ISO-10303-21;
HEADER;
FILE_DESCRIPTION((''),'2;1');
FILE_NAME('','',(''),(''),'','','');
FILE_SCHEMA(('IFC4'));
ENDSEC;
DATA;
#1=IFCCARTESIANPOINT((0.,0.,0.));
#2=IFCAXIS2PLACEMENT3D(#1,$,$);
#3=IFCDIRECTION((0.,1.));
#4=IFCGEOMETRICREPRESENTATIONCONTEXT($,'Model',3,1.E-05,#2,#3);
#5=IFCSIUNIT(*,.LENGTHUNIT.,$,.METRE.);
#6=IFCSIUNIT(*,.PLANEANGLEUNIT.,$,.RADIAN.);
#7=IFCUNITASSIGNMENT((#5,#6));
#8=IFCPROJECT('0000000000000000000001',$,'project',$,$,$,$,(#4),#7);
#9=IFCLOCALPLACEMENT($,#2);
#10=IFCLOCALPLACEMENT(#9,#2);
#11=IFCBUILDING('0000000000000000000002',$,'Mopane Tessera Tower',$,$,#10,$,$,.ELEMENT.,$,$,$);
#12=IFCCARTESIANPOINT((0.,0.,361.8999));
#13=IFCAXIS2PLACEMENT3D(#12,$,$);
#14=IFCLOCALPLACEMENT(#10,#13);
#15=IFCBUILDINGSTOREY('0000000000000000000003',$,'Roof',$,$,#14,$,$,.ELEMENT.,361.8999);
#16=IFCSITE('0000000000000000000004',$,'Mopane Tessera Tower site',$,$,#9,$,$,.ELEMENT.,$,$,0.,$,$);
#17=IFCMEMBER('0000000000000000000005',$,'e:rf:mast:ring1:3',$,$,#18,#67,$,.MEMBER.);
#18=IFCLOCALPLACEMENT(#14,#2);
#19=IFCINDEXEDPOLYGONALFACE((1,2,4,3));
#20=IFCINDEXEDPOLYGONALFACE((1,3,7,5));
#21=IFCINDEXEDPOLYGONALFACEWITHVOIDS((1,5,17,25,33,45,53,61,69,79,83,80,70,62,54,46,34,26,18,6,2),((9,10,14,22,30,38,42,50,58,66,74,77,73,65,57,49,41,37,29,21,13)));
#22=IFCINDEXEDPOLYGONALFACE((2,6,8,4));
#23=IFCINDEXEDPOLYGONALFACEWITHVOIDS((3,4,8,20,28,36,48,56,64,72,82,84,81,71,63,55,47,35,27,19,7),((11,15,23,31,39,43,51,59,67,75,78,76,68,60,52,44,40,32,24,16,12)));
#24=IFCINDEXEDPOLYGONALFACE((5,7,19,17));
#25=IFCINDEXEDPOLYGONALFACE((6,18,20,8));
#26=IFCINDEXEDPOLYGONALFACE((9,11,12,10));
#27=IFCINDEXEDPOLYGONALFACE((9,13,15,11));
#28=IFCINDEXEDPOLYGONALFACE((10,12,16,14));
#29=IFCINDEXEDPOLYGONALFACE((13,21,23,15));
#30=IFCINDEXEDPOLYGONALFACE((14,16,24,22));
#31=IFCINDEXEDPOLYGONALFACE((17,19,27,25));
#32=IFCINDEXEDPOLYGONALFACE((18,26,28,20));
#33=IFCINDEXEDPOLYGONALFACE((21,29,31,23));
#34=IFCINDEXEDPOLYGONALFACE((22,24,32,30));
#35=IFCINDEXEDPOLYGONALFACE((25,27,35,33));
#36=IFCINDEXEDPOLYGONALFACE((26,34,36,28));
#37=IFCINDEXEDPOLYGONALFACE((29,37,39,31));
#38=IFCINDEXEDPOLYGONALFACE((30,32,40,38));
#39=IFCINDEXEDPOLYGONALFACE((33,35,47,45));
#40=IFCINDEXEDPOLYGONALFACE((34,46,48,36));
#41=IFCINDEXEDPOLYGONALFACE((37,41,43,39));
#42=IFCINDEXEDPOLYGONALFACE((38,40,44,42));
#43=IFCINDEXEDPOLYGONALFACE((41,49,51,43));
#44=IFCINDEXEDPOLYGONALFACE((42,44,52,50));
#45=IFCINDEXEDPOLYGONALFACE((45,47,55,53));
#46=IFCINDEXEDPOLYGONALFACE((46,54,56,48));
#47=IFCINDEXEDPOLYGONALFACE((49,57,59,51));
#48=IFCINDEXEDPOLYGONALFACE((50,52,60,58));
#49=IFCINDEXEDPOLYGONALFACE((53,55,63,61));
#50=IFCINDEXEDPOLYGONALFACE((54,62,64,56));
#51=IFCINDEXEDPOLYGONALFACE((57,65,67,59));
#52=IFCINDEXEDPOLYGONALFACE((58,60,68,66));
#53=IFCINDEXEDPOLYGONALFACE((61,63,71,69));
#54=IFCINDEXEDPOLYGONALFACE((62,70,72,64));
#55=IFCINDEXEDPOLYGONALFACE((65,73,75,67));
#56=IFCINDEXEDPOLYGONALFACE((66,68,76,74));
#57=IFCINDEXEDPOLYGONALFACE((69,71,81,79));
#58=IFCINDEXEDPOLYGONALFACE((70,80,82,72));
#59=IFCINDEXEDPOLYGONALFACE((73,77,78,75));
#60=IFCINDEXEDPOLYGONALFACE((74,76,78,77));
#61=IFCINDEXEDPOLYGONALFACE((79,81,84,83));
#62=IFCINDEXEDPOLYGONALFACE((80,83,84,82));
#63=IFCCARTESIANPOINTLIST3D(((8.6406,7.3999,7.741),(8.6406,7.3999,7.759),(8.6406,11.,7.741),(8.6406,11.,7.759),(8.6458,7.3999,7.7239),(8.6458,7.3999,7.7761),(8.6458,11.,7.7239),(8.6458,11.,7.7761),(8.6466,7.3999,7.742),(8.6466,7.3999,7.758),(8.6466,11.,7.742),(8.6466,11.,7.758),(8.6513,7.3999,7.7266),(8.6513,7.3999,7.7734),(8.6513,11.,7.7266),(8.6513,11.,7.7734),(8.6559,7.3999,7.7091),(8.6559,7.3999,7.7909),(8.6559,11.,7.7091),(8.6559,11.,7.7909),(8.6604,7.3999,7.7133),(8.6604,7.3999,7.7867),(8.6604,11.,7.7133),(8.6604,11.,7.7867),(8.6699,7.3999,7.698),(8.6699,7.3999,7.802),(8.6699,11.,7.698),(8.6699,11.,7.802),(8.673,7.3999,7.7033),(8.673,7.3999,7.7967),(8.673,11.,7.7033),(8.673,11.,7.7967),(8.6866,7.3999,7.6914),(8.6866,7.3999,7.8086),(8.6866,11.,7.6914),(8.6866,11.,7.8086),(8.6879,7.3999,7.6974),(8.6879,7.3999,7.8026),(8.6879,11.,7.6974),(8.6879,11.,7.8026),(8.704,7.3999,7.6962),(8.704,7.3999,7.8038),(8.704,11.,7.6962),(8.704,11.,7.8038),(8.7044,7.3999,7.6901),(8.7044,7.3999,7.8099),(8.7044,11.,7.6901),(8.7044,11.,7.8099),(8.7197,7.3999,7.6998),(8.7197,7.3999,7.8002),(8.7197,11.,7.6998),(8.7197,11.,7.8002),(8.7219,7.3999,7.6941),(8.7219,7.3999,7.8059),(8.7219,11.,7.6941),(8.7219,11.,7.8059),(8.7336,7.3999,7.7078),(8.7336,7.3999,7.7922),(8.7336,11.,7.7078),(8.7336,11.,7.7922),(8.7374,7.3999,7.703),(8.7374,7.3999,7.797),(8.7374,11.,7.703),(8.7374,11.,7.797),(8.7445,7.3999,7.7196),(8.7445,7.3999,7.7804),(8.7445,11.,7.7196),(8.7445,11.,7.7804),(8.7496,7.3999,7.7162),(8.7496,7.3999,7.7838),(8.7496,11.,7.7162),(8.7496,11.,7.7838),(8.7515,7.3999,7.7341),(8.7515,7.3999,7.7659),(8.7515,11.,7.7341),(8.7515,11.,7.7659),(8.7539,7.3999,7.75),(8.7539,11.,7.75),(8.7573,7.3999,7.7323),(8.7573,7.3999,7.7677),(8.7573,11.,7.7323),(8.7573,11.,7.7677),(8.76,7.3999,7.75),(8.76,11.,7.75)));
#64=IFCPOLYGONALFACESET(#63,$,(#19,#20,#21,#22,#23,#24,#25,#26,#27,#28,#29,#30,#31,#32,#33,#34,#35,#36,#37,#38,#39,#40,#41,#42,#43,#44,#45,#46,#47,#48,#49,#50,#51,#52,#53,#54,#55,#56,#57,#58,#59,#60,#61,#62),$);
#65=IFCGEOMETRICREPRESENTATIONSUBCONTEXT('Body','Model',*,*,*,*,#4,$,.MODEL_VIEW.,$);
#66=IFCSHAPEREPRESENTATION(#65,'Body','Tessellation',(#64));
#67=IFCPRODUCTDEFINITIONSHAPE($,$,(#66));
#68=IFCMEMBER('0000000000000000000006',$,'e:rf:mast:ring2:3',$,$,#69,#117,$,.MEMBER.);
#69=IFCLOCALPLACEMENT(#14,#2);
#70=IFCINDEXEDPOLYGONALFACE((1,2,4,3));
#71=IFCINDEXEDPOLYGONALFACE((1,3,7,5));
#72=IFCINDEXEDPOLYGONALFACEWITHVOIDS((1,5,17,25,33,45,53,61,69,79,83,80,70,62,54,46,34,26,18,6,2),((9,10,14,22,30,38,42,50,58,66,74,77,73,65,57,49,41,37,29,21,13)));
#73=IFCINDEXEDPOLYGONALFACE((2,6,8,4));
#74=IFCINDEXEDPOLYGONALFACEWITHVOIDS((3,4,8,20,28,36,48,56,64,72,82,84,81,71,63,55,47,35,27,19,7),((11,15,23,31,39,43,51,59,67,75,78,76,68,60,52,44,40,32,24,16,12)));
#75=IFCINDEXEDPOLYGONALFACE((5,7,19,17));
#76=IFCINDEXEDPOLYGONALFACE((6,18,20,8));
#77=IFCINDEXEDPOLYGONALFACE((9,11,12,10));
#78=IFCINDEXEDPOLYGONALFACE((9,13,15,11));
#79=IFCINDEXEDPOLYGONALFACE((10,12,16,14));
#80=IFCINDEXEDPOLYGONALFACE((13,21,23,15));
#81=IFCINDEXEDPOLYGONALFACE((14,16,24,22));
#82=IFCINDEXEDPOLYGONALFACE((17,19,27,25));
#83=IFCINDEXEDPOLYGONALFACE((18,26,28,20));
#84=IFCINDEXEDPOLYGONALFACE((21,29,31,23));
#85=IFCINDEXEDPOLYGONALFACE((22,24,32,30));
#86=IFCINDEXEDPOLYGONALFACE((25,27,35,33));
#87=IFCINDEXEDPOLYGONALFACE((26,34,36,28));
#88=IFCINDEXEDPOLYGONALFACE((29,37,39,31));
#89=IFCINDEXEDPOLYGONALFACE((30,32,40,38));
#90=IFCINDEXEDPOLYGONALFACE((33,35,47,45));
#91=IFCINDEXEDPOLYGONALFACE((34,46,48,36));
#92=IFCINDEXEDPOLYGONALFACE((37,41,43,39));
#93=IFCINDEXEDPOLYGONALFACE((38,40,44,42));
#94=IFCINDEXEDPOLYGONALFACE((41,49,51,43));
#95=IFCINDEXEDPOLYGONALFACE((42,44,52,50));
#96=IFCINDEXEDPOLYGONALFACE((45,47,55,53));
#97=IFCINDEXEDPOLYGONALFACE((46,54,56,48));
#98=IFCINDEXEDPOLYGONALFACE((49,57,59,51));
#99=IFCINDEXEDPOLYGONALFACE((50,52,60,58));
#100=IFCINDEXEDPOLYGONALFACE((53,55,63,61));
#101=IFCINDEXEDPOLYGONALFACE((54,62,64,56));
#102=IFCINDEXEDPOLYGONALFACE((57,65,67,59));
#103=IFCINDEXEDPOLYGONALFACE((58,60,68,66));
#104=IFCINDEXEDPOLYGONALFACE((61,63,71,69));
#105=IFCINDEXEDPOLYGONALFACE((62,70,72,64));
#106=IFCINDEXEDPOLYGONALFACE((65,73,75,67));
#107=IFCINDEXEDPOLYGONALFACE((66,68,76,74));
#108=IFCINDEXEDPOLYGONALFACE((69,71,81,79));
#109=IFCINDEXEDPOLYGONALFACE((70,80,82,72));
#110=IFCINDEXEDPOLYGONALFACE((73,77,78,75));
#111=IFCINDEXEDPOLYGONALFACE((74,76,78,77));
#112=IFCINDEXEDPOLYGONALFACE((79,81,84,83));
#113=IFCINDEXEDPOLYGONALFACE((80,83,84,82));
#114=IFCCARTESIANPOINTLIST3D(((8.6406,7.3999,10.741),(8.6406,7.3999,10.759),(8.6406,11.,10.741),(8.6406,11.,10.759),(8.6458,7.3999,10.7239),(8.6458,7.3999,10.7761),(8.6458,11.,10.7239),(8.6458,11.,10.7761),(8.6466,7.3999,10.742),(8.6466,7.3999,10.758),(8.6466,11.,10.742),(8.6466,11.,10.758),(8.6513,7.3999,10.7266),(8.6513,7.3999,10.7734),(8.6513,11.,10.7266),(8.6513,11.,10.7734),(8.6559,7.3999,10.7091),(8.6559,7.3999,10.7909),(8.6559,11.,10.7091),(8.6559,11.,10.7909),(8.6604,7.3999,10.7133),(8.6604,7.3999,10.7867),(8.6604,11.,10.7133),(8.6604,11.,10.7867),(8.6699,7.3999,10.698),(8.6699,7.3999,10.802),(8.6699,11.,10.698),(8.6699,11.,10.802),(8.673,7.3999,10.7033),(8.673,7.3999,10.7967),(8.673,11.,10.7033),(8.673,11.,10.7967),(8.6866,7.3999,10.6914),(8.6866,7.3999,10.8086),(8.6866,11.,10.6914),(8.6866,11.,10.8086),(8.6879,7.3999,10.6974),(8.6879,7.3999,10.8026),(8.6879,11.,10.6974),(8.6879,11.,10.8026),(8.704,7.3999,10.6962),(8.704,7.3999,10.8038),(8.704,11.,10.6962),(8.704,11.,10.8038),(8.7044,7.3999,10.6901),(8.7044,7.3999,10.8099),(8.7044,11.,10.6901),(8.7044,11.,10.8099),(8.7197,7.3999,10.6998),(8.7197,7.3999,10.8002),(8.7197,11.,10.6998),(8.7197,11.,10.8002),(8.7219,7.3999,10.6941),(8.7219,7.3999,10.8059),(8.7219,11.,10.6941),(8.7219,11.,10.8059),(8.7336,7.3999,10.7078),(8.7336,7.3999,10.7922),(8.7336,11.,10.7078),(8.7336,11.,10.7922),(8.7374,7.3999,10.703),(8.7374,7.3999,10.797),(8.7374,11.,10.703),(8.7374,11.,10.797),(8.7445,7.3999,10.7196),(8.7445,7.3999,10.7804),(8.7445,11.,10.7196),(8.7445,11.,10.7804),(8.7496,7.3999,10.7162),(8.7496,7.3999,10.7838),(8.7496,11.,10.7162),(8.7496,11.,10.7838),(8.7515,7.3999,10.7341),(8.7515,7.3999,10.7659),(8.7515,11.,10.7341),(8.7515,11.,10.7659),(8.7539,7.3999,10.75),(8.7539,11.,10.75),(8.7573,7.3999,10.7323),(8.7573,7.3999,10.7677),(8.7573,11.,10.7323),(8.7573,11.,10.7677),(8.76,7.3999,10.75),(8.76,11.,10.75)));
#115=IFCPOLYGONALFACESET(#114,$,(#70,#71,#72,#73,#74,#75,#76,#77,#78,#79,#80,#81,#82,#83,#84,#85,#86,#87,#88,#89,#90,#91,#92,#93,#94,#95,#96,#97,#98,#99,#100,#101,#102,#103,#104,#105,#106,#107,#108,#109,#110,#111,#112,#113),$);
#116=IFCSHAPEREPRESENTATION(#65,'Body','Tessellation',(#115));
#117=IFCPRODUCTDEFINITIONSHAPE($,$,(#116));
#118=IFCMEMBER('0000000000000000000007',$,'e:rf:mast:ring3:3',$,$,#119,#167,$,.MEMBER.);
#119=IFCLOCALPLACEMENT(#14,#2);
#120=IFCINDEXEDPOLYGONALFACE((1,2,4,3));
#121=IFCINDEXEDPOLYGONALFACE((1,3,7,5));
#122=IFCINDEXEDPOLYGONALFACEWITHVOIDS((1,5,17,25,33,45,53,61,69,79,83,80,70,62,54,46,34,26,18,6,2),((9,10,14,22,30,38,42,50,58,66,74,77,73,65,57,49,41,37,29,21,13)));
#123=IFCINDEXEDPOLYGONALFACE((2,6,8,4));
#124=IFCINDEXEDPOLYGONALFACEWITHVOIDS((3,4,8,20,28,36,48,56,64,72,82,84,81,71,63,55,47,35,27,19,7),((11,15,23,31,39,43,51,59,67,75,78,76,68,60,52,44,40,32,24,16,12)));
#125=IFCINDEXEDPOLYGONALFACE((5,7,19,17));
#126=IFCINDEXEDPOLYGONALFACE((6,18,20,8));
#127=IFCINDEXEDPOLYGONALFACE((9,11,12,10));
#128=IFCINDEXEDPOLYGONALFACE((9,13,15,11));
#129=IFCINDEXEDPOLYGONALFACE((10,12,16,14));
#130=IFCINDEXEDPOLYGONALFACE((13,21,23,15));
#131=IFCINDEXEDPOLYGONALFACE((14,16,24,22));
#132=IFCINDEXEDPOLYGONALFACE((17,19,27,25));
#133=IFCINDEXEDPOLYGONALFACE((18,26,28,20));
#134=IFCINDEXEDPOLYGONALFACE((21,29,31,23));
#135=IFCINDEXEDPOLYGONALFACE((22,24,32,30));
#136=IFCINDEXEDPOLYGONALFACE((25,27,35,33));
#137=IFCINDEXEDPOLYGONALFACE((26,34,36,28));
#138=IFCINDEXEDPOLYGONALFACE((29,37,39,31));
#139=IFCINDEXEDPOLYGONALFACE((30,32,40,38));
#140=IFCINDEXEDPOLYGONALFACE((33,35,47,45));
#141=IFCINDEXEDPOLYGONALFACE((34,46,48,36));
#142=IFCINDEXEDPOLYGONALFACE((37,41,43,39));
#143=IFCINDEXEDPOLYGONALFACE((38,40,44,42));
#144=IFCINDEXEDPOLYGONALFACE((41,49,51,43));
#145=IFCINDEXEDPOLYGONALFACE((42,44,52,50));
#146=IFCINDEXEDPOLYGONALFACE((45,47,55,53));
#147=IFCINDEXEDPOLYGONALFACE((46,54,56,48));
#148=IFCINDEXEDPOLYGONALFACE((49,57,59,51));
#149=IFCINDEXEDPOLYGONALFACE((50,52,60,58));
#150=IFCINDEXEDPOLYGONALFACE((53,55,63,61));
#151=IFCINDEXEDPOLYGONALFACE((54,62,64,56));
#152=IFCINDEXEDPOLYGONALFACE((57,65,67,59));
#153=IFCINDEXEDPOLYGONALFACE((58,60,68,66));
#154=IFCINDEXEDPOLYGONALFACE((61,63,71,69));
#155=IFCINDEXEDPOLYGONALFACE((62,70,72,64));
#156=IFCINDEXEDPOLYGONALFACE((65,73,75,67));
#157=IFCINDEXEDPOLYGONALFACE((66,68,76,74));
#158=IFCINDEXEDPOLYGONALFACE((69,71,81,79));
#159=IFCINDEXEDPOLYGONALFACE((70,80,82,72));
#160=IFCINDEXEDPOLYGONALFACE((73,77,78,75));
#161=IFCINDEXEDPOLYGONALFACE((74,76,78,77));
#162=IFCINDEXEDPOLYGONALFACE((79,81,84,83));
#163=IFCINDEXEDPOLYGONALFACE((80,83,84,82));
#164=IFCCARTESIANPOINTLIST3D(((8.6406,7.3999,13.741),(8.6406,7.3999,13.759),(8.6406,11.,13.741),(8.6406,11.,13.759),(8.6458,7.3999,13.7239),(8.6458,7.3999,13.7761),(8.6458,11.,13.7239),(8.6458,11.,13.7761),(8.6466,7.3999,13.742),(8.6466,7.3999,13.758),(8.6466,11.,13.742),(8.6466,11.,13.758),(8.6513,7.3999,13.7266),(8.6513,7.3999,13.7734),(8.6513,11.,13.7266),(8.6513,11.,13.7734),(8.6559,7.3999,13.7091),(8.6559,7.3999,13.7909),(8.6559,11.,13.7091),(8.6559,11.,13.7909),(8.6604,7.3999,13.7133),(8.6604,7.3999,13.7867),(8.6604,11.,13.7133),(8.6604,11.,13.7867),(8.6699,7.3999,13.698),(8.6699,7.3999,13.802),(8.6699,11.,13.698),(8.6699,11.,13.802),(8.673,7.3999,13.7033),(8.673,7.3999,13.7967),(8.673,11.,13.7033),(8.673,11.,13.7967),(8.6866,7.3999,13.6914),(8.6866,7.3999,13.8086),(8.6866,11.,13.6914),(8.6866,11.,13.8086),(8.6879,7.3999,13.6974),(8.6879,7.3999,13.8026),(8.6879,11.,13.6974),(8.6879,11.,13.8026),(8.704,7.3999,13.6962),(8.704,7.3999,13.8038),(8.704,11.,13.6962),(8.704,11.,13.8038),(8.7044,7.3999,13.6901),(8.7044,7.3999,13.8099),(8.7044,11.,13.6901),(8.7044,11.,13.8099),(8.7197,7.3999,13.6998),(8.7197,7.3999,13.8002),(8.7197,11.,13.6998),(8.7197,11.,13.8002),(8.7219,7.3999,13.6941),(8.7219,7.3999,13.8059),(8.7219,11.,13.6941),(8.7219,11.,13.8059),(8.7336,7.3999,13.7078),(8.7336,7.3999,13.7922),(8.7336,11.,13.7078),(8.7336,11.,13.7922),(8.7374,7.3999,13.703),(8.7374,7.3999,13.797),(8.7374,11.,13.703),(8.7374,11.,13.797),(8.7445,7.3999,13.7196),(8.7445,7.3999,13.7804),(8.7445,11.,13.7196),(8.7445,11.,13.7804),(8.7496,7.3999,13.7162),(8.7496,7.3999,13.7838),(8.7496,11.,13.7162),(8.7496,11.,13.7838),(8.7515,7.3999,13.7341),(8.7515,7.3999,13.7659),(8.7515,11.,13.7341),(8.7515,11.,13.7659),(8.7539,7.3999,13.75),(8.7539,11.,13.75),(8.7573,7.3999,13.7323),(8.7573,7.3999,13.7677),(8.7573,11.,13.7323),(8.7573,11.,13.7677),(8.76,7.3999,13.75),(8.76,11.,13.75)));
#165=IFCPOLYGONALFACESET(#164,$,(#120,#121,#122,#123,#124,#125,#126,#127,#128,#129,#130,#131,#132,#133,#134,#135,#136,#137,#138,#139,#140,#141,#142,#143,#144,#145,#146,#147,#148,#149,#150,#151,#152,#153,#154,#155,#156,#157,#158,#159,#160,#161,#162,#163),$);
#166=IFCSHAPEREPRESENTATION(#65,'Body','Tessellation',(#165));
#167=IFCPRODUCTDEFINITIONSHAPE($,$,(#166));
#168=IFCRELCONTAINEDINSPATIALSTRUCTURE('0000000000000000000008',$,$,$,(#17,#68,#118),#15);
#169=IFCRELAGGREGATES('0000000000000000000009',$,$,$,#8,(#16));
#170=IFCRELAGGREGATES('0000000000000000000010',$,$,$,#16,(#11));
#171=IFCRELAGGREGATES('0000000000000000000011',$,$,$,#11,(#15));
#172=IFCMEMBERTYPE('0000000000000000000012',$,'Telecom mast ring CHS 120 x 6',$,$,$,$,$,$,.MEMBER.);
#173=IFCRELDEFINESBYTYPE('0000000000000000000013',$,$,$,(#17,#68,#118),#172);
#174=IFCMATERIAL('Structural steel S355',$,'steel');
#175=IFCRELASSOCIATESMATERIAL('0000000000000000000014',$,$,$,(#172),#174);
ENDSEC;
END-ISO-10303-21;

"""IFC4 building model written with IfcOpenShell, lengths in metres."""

from ifc_helpers import new_model, si_unit, direction, frame, origin, origin_2d, place, context, subcontext, project, spatial, hollow_circle, extrude, material, material_profile, profile_set, type_object, element, save


model = new_model("IFC4")

# Units and contexts
model_context = context("Model", 3, precision=1e-05, world=origin(), true_north=direction((0.0, 1.0)))
body_context = subcontext(model_context, "Body", "Model", "MODEL_VIEW")
ifc_project = project(units=[si_unit("LENGTHUNIT", "METRE"), si_unit("PLANEANGLEUNIT", "RADIAN")], contexts=[model_context])

# Site, building, storey
site_placement = place(None, origin())
site = spatial("IfcSite", under=ifc_project, at=site_placement, Name="Mopane Tessera Tower site", CompositionType="ELEMENT", RefElevation=0.0)
building_placement = place(site_placement, origin())
building = spatial("IfcBuilding", under=site, at=building_placement, Name="Mopane Tessera Tower", CompositionType="ELEMENT")
storey_placement = place(building_placement, frame((0.0, 0.0, 361.8999)))
storey = spatial("IfcBuildingStorey", under=building, at=storey_placement, Name="Roof", CompositionType="ELEMENT", Elevation=361.8999)

# Members
ifc_material_1 = material(Name="Structural steel S355", Category="steel")
ifc_material_profile_1 = material_profile(ifc_material_1, hollow_circle(Radius=0.0601, WallThickness=0.0061, at=origin_2d()))
ifc_profile_set_1 = profile_set([ifc_material_profile_1], Name="Structural steel S355")
member_type_1 = type_object("IfcMemberType", Name="Telecom mast ring CHS 120 x 6", PredefinedType="MEMBER", material=ifc_profile_set_1)
for number, where, z_axis, x_axis, name in (
    (1, (8.7, 11.0, 7.75), (0.0, -1.0, 0.0), (1.0, 0.0, 0.0), "e:rf:mast:ring1:3"),
    (2, (8.7, 11.0, 10.75), (0.0, -1.0, 0.0), (1.0, 0.0, 0.0), "e:rf:mast:ring2:3"),
    (3, (8.7, 11.0, 13.75), (0.0, -1.0, 0.0), (1.0, 0.0, 0.0), "e:rf:mast:ring3:3"),
):
    element("IfcMember", number, at=place(storey_placement, frame(where, z_axis=z_axis, x_axis=x_axis)), inside=storey, type_object=member_type_1, Name=name, PredefinedType="MEMBER", context=body_context, shape_type="SweptSolid", body=[
        extrude(hollow_circle(Radius=0.0601, WallThickness=0.0061, at=origin_2d()), origin(), (0.0, 0.0, 1.0), 3.6001),
    ])

save(model, "model.ifc")
